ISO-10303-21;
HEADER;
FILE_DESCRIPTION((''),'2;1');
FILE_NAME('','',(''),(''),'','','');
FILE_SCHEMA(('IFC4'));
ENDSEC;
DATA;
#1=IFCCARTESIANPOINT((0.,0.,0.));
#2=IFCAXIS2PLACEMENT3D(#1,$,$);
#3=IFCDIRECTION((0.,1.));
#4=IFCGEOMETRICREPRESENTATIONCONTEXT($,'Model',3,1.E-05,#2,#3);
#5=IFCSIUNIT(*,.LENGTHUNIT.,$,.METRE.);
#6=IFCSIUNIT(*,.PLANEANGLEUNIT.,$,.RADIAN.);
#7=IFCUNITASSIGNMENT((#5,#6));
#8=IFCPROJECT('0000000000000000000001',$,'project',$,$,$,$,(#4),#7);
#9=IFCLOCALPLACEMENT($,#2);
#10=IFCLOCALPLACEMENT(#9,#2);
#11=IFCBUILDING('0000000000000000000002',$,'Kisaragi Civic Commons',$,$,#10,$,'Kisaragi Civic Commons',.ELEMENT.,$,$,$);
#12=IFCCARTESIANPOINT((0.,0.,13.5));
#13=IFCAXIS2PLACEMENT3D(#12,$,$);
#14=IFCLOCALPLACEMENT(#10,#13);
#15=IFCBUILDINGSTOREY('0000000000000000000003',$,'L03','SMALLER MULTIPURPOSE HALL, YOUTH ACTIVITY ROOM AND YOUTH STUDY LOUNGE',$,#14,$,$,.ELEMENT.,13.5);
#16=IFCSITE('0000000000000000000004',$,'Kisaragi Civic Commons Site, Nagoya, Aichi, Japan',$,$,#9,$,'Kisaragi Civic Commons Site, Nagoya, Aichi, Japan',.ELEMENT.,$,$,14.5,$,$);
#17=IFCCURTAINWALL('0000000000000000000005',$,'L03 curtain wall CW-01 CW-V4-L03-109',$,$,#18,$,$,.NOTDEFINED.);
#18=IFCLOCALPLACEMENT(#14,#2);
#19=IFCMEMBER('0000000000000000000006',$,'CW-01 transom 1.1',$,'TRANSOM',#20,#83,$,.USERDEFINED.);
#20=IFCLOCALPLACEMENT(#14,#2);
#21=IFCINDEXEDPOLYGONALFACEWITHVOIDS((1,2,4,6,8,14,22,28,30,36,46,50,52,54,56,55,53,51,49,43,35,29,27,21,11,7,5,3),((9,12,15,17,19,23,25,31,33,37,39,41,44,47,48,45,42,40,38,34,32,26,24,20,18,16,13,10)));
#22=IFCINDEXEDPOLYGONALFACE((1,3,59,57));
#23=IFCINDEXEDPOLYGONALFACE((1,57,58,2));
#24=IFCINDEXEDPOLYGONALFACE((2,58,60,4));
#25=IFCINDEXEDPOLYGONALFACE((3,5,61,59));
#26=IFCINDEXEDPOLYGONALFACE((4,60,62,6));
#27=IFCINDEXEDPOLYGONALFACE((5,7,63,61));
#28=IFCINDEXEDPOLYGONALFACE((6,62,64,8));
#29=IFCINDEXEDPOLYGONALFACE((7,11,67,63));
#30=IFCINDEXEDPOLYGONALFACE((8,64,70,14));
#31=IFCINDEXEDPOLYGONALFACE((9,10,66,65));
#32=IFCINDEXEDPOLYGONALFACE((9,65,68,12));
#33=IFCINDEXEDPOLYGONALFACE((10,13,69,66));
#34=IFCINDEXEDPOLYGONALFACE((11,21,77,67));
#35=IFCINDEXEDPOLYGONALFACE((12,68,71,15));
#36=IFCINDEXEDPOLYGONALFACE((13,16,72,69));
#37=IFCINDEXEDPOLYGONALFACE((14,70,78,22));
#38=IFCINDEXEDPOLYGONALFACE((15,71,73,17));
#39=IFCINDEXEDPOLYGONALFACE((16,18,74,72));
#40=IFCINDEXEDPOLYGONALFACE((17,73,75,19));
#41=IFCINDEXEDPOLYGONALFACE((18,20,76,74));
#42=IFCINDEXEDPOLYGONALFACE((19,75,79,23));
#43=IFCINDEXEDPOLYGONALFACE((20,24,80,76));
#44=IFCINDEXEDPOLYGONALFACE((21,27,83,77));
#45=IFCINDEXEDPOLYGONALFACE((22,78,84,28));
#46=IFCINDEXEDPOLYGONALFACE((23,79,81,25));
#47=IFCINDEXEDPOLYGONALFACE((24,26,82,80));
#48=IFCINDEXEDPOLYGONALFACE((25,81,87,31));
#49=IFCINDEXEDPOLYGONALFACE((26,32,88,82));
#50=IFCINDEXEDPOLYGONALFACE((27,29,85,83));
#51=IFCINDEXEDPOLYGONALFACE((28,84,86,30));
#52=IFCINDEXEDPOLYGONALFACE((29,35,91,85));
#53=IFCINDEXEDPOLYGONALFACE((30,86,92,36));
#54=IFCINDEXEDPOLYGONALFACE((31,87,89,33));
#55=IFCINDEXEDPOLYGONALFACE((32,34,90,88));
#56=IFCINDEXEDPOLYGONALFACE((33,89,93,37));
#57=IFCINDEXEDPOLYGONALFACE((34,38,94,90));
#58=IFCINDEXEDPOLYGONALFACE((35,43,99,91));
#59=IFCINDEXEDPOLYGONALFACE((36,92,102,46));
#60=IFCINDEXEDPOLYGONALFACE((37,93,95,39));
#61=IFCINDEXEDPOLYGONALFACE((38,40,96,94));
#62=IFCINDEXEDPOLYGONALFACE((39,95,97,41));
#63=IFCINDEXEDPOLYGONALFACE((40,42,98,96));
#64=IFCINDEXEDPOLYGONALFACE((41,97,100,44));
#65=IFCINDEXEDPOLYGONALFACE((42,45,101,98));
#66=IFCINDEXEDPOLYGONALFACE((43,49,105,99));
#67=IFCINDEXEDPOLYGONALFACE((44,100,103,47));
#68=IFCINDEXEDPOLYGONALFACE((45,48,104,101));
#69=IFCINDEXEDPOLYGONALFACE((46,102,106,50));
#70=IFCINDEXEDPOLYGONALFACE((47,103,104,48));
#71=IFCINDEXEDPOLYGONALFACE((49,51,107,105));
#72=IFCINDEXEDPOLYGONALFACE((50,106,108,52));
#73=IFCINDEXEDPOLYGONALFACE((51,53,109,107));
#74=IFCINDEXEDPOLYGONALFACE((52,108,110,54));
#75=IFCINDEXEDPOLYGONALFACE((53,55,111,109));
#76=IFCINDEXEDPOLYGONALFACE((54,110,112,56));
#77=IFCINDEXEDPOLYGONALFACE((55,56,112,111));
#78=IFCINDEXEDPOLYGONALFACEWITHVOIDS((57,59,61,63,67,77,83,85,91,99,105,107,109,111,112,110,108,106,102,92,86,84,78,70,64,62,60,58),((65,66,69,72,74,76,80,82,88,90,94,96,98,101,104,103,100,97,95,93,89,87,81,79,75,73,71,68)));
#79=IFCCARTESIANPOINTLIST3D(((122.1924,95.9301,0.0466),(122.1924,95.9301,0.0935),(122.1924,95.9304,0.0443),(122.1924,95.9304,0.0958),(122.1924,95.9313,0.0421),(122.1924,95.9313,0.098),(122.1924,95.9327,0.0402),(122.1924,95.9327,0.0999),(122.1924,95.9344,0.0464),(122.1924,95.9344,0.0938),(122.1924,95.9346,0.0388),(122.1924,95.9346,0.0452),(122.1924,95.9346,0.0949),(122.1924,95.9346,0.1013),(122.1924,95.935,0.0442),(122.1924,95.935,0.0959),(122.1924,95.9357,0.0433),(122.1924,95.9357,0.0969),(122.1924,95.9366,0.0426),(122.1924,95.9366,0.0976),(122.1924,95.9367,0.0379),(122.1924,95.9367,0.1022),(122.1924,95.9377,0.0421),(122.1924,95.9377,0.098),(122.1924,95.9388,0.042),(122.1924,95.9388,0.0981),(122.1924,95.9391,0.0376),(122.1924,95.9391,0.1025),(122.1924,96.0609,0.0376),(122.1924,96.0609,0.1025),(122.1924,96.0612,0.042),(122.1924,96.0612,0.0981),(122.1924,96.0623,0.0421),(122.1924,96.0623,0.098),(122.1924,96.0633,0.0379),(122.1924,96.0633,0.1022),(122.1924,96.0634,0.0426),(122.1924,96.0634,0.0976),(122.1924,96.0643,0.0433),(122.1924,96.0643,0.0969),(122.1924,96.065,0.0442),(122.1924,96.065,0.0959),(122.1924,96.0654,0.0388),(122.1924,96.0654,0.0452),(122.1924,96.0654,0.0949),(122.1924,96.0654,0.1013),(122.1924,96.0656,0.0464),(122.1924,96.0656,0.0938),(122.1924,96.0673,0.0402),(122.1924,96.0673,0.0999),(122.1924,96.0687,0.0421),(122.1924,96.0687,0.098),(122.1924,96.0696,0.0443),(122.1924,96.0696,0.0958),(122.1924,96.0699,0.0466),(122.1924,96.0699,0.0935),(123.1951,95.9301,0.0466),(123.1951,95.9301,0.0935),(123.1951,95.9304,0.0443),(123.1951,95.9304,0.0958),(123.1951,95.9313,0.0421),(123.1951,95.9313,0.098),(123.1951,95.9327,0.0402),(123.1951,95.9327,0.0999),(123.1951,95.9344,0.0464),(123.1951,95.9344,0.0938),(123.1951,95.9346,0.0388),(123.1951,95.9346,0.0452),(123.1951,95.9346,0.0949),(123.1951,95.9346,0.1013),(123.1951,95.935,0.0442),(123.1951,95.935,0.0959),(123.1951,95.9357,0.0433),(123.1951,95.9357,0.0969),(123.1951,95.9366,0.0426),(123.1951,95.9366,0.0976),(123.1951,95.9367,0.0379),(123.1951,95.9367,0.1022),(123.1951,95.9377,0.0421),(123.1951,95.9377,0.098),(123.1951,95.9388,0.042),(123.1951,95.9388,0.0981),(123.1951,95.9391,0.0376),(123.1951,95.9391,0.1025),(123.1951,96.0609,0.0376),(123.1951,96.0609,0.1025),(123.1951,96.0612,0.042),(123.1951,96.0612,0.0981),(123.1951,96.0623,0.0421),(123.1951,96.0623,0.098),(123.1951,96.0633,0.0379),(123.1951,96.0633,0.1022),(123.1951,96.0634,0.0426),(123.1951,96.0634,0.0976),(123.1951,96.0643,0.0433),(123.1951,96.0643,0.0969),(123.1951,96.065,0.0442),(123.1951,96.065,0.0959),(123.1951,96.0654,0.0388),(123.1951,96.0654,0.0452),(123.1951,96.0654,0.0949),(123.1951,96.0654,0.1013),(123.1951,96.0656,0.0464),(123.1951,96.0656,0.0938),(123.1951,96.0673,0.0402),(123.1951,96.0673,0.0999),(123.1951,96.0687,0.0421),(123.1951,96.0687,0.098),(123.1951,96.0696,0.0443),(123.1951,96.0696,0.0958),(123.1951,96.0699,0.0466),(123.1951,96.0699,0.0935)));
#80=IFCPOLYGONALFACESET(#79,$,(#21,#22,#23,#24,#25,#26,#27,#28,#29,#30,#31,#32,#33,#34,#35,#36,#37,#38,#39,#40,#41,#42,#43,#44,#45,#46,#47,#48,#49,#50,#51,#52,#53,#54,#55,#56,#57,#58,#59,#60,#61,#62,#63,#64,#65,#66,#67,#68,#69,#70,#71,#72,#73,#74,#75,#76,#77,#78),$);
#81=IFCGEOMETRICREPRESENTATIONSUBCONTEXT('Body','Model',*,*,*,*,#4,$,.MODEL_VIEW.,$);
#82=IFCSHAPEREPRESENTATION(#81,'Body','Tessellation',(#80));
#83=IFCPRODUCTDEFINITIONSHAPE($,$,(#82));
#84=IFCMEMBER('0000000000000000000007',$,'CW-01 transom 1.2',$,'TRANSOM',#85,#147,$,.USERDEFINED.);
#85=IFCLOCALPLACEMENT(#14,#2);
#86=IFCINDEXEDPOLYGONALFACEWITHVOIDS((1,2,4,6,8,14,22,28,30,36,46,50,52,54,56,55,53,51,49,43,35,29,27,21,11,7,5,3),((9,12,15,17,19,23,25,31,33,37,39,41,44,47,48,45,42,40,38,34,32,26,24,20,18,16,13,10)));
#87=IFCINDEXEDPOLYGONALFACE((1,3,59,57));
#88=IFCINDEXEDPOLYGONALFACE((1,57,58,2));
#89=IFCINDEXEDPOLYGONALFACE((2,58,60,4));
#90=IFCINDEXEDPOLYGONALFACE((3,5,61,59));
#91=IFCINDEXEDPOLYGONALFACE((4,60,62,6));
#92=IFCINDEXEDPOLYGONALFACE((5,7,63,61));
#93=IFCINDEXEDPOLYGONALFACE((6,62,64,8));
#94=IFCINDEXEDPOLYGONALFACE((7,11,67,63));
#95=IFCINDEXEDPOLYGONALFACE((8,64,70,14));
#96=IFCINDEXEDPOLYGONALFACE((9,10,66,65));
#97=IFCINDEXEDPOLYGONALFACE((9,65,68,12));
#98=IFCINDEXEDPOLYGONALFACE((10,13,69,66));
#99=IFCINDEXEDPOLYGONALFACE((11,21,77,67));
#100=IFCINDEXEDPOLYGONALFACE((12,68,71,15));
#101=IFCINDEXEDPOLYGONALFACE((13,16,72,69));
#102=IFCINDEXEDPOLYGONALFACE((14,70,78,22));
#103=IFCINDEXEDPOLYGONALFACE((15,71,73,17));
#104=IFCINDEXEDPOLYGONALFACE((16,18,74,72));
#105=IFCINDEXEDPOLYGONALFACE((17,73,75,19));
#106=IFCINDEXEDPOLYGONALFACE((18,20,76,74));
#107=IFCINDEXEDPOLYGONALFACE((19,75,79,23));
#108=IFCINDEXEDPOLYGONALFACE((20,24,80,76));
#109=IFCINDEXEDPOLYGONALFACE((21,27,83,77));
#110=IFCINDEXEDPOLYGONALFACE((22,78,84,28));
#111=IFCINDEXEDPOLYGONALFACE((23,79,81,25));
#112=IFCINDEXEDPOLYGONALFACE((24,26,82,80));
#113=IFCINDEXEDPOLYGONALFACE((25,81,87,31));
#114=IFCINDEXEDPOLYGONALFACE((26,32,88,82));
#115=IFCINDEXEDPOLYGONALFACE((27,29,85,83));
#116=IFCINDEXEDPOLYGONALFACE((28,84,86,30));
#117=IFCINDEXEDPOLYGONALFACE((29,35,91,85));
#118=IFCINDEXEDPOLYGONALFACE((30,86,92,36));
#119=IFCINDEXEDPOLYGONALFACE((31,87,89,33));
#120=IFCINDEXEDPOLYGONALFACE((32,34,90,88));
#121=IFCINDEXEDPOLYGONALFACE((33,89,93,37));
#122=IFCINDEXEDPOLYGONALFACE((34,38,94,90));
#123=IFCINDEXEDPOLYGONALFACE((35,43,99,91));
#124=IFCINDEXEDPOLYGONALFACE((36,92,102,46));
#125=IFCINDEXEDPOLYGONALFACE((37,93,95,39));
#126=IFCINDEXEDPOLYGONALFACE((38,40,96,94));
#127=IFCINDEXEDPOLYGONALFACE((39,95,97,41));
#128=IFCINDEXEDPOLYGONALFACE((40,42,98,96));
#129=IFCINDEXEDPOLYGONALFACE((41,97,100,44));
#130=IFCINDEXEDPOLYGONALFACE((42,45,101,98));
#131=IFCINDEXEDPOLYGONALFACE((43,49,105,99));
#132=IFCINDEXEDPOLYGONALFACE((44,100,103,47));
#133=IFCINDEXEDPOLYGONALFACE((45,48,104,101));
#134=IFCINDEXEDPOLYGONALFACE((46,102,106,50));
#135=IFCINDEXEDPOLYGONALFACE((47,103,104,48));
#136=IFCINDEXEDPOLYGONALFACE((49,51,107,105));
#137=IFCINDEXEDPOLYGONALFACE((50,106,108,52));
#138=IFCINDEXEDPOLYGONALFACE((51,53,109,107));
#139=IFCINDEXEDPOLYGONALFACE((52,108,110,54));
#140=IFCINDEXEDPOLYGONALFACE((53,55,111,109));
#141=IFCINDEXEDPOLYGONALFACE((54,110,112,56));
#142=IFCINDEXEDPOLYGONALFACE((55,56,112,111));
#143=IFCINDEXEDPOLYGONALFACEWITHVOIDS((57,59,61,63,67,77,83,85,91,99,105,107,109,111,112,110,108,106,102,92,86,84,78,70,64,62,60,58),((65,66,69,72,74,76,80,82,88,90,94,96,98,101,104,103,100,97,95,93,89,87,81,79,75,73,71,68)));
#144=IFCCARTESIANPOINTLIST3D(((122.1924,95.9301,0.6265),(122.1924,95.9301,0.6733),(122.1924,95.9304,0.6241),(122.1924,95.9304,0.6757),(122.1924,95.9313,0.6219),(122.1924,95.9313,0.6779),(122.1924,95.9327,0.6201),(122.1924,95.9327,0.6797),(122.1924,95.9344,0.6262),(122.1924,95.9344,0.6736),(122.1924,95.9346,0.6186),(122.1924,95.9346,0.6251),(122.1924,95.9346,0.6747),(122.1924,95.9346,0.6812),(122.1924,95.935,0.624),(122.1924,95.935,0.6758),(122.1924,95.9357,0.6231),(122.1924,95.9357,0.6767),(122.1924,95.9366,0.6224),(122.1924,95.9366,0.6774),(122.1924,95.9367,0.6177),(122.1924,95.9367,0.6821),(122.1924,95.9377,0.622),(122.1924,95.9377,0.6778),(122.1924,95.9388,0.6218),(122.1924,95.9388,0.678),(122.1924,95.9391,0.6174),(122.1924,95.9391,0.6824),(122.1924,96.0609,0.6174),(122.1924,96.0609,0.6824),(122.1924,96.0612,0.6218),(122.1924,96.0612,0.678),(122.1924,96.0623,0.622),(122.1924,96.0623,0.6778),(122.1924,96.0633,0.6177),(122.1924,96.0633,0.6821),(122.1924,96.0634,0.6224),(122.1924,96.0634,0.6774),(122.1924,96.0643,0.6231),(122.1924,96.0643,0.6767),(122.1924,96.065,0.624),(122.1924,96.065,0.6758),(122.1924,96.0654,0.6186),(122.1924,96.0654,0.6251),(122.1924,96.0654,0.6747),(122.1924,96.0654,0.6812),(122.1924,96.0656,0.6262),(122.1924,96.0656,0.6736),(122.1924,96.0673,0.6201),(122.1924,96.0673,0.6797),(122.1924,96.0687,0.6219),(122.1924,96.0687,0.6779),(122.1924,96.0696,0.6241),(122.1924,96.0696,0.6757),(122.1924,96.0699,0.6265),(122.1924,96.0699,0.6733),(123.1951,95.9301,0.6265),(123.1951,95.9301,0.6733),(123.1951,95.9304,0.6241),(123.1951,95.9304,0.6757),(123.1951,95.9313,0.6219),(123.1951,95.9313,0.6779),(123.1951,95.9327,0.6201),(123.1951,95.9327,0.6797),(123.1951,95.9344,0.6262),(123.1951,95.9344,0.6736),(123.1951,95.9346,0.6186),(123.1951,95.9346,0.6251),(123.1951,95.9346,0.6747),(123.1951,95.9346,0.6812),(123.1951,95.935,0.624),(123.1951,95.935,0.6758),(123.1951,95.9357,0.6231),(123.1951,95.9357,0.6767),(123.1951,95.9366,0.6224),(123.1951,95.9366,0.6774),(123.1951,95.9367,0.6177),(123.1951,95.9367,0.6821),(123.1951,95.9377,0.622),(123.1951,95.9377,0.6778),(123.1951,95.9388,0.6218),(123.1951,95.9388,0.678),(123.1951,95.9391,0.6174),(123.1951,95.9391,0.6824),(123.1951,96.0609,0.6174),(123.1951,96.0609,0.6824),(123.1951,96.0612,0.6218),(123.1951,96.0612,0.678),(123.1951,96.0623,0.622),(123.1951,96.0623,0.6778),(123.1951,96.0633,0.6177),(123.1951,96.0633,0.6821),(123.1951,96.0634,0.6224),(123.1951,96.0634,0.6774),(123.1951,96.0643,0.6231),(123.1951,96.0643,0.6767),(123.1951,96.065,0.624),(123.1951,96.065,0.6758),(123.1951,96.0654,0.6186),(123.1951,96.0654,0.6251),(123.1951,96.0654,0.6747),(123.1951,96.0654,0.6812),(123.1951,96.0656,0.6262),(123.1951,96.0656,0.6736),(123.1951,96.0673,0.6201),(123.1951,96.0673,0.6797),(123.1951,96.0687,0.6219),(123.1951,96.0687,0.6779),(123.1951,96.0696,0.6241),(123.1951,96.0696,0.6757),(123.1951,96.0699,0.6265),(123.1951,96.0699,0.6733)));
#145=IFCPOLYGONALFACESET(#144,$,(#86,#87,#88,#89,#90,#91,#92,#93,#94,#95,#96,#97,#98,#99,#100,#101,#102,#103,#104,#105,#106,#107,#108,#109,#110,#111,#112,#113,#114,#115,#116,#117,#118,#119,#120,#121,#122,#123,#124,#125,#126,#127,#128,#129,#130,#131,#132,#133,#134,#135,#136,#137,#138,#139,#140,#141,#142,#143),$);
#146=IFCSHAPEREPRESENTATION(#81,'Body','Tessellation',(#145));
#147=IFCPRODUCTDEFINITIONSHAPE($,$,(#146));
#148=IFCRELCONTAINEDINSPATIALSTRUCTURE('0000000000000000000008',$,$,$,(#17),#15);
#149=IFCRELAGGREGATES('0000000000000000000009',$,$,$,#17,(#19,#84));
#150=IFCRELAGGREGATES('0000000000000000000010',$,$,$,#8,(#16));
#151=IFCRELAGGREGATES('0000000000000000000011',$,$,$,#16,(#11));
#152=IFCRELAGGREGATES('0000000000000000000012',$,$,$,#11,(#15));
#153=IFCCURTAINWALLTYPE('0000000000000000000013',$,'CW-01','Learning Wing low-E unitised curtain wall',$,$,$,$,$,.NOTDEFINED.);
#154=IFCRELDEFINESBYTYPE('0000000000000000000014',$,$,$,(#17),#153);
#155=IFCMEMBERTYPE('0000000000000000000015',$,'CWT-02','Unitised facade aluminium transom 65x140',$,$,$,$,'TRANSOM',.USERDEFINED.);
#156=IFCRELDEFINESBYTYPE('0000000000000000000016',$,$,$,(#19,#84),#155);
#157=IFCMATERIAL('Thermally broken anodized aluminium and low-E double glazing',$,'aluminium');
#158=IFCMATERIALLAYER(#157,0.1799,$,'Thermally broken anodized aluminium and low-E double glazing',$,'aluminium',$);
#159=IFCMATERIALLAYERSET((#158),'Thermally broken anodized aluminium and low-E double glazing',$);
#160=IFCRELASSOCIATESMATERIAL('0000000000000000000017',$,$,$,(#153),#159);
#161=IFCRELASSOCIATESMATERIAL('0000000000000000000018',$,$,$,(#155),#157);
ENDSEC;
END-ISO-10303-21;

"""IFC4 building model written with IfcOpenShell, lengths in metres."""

from ifc_helpers import new_model, si_unit, direction, frame, origin, origin_2d, place, context, subcontext, project, spatial, hollow_rectangle, extrude, material, layer, layer_set, material_profile, profile_set, type_object, element, aggregate, save


model = new_model("IFC4")

# Units and contexts
model_context = context("Model", 3, precision=1e-05, world=origin(), true_north=direction((0.0, 1.0)))
body_context = subcontext(model_context, "Body", "Model", "MODEL_VIEW")
ifc_project = project(units=[si_unit("LENGTHUNIT", "METRE"), si_unit("PLANEANGLEUNIT", "RADIAN")], contexts=[model_context])

# Site, building, storey
site_placement = place(None, origin())
site = spatial("IfcSite", under=ifc_project, at=site_placement, Name="Kisaragi Civic Commons Site, Nagoya, Aichi, Japan", LongName="Kisaragi Civic Commons Site, Nagoya, Aichi, Japan", CompositionType="ELEMENT", RefElevation=14.5)
building_placement = place(site_placement, origin())
building = spatial("IfcBuilding", under=site, at=building_placement, Name="Kisaragi Civic Commons", LongName="Kisaragi Civic Commons", CompositionType="ELEMENT")
storey_placement = place(building_placement, frame((0.0, 0.0, 13.5)))
storey = spatial("IfcBuildingStorey", under=building, at=storey_placement, Name="L03", Description="SMALLER MULTIPURPOSE HALL, YOUTH ACTIVITY ROOM AND YOUTH STUDY LOUNGE", CompositionType="ELEMENT", Elevation=13.5)

# Shared definitions
ifc_material_1 = material(Name="Thermally broken anodized aluminium and low-E double glazing", Category="aluminium")
ifc_layer_1 = layer(ifc_material_1, 0.1799, Name="Thermally broken anodized aluminium and low-E double glazing", Category="aluminium")
ifc_layer_set_1 = layer_set([ifc_layer_1], Name="Thermally broken anodized aluminium and low-E double glazing")
curtain_wall_type = type_object("IfcCurtainWallType", Name="CW-01", Description="Learning Wing low-E unitised curtain wall", PredefinedType="NOTDEFINED", material=ifc_layer_set_1)

# Curtain wall, members
curtain_wall_1_placement = place(storey_placement, origin())
curtain_wall_1 = element("IfcCurtainWall", 1, at=curtain_wall_1_placement, inside=storey, type_object=curtain_wall_type, Name="L03 curtain wall CW-01 CW-V4-L03-109", PredefinedType="NOTDEFINED")
ifc_material_profile_1 = material_profile(ifc_material_1, hollow_rectangle(XDim=0.1399, YDim=0.0649, WallThickness=0.0044, InnerFilletRadius=0.0044, OuterFilletRadius=0.009, at=origin_2d()), Name="CWT-65x140x4.5", Category="aluminium")
ifc_profile_set_1 = profile_set([ifc_material_profile_1], Name="Thermally broken anodized aluminium and low-E double glazing")
member_type_1 = type_object("IfcMemberType", Name="CWT-02", Description="Unitised facade aluminium transom 65x140", ElementType="TRANSOM", PredefinedType="USERDEFINED", material=ifc_profile_set_1)
member_1_placement = place(storey_placement, frame((123.1951, 96.0, 0.0701), z_axis=(-1.0, 0.0, 0.0), x_axis=(0.0, -1.0, 0.0)))
member_1 = element("IfcMember", 2, at=member_1_placement, type_object=member_type_1, Name="CW-01 transom 1.1", ObjectType="TRANSOM", PredefinedType="USERDEFINED", context=body_context, shape_type="SweptSolid", body=[
    extrude(hollow_rectangle(XDim=0.1399, YDim=0.0649, WallThickness=0.0044, InnerFilletRadius=0.0044, OuterFilletRadius=0.009, at=origin_2d()), origin(), (0.0, 0.0, 1.0), 1.0027),
])
member_2_placement = place(storey_placement, frame((123.1951, 96.0, 0.6499), z_axis=(-1.0, 0.0, 0.0), x_axis=(0.0, -1.0, 0.0)))
member_2 = element("IfcMember", 3, at=member_2_placement, type_object=member_type_1, Name="CW-01 transom 1.2", ObjectType="TRANSOM", PredefinedType="USERDEFINED", context=body_context, shape_type="SweptSolid", body=[
    extrude(hollow_rectangle(XDim=0.1399, YDim=0.0649, WallThickness=0.0044, InnerFilletRadius=0.0044, OuterFilletRadius=0.009, at=origin_2d()), origin(), (0.0, 0.0, 1.0), 1.0027),
])

aggregate(curtain_wall_1, [member_1, member_2])

save(model, "model.ifc")
